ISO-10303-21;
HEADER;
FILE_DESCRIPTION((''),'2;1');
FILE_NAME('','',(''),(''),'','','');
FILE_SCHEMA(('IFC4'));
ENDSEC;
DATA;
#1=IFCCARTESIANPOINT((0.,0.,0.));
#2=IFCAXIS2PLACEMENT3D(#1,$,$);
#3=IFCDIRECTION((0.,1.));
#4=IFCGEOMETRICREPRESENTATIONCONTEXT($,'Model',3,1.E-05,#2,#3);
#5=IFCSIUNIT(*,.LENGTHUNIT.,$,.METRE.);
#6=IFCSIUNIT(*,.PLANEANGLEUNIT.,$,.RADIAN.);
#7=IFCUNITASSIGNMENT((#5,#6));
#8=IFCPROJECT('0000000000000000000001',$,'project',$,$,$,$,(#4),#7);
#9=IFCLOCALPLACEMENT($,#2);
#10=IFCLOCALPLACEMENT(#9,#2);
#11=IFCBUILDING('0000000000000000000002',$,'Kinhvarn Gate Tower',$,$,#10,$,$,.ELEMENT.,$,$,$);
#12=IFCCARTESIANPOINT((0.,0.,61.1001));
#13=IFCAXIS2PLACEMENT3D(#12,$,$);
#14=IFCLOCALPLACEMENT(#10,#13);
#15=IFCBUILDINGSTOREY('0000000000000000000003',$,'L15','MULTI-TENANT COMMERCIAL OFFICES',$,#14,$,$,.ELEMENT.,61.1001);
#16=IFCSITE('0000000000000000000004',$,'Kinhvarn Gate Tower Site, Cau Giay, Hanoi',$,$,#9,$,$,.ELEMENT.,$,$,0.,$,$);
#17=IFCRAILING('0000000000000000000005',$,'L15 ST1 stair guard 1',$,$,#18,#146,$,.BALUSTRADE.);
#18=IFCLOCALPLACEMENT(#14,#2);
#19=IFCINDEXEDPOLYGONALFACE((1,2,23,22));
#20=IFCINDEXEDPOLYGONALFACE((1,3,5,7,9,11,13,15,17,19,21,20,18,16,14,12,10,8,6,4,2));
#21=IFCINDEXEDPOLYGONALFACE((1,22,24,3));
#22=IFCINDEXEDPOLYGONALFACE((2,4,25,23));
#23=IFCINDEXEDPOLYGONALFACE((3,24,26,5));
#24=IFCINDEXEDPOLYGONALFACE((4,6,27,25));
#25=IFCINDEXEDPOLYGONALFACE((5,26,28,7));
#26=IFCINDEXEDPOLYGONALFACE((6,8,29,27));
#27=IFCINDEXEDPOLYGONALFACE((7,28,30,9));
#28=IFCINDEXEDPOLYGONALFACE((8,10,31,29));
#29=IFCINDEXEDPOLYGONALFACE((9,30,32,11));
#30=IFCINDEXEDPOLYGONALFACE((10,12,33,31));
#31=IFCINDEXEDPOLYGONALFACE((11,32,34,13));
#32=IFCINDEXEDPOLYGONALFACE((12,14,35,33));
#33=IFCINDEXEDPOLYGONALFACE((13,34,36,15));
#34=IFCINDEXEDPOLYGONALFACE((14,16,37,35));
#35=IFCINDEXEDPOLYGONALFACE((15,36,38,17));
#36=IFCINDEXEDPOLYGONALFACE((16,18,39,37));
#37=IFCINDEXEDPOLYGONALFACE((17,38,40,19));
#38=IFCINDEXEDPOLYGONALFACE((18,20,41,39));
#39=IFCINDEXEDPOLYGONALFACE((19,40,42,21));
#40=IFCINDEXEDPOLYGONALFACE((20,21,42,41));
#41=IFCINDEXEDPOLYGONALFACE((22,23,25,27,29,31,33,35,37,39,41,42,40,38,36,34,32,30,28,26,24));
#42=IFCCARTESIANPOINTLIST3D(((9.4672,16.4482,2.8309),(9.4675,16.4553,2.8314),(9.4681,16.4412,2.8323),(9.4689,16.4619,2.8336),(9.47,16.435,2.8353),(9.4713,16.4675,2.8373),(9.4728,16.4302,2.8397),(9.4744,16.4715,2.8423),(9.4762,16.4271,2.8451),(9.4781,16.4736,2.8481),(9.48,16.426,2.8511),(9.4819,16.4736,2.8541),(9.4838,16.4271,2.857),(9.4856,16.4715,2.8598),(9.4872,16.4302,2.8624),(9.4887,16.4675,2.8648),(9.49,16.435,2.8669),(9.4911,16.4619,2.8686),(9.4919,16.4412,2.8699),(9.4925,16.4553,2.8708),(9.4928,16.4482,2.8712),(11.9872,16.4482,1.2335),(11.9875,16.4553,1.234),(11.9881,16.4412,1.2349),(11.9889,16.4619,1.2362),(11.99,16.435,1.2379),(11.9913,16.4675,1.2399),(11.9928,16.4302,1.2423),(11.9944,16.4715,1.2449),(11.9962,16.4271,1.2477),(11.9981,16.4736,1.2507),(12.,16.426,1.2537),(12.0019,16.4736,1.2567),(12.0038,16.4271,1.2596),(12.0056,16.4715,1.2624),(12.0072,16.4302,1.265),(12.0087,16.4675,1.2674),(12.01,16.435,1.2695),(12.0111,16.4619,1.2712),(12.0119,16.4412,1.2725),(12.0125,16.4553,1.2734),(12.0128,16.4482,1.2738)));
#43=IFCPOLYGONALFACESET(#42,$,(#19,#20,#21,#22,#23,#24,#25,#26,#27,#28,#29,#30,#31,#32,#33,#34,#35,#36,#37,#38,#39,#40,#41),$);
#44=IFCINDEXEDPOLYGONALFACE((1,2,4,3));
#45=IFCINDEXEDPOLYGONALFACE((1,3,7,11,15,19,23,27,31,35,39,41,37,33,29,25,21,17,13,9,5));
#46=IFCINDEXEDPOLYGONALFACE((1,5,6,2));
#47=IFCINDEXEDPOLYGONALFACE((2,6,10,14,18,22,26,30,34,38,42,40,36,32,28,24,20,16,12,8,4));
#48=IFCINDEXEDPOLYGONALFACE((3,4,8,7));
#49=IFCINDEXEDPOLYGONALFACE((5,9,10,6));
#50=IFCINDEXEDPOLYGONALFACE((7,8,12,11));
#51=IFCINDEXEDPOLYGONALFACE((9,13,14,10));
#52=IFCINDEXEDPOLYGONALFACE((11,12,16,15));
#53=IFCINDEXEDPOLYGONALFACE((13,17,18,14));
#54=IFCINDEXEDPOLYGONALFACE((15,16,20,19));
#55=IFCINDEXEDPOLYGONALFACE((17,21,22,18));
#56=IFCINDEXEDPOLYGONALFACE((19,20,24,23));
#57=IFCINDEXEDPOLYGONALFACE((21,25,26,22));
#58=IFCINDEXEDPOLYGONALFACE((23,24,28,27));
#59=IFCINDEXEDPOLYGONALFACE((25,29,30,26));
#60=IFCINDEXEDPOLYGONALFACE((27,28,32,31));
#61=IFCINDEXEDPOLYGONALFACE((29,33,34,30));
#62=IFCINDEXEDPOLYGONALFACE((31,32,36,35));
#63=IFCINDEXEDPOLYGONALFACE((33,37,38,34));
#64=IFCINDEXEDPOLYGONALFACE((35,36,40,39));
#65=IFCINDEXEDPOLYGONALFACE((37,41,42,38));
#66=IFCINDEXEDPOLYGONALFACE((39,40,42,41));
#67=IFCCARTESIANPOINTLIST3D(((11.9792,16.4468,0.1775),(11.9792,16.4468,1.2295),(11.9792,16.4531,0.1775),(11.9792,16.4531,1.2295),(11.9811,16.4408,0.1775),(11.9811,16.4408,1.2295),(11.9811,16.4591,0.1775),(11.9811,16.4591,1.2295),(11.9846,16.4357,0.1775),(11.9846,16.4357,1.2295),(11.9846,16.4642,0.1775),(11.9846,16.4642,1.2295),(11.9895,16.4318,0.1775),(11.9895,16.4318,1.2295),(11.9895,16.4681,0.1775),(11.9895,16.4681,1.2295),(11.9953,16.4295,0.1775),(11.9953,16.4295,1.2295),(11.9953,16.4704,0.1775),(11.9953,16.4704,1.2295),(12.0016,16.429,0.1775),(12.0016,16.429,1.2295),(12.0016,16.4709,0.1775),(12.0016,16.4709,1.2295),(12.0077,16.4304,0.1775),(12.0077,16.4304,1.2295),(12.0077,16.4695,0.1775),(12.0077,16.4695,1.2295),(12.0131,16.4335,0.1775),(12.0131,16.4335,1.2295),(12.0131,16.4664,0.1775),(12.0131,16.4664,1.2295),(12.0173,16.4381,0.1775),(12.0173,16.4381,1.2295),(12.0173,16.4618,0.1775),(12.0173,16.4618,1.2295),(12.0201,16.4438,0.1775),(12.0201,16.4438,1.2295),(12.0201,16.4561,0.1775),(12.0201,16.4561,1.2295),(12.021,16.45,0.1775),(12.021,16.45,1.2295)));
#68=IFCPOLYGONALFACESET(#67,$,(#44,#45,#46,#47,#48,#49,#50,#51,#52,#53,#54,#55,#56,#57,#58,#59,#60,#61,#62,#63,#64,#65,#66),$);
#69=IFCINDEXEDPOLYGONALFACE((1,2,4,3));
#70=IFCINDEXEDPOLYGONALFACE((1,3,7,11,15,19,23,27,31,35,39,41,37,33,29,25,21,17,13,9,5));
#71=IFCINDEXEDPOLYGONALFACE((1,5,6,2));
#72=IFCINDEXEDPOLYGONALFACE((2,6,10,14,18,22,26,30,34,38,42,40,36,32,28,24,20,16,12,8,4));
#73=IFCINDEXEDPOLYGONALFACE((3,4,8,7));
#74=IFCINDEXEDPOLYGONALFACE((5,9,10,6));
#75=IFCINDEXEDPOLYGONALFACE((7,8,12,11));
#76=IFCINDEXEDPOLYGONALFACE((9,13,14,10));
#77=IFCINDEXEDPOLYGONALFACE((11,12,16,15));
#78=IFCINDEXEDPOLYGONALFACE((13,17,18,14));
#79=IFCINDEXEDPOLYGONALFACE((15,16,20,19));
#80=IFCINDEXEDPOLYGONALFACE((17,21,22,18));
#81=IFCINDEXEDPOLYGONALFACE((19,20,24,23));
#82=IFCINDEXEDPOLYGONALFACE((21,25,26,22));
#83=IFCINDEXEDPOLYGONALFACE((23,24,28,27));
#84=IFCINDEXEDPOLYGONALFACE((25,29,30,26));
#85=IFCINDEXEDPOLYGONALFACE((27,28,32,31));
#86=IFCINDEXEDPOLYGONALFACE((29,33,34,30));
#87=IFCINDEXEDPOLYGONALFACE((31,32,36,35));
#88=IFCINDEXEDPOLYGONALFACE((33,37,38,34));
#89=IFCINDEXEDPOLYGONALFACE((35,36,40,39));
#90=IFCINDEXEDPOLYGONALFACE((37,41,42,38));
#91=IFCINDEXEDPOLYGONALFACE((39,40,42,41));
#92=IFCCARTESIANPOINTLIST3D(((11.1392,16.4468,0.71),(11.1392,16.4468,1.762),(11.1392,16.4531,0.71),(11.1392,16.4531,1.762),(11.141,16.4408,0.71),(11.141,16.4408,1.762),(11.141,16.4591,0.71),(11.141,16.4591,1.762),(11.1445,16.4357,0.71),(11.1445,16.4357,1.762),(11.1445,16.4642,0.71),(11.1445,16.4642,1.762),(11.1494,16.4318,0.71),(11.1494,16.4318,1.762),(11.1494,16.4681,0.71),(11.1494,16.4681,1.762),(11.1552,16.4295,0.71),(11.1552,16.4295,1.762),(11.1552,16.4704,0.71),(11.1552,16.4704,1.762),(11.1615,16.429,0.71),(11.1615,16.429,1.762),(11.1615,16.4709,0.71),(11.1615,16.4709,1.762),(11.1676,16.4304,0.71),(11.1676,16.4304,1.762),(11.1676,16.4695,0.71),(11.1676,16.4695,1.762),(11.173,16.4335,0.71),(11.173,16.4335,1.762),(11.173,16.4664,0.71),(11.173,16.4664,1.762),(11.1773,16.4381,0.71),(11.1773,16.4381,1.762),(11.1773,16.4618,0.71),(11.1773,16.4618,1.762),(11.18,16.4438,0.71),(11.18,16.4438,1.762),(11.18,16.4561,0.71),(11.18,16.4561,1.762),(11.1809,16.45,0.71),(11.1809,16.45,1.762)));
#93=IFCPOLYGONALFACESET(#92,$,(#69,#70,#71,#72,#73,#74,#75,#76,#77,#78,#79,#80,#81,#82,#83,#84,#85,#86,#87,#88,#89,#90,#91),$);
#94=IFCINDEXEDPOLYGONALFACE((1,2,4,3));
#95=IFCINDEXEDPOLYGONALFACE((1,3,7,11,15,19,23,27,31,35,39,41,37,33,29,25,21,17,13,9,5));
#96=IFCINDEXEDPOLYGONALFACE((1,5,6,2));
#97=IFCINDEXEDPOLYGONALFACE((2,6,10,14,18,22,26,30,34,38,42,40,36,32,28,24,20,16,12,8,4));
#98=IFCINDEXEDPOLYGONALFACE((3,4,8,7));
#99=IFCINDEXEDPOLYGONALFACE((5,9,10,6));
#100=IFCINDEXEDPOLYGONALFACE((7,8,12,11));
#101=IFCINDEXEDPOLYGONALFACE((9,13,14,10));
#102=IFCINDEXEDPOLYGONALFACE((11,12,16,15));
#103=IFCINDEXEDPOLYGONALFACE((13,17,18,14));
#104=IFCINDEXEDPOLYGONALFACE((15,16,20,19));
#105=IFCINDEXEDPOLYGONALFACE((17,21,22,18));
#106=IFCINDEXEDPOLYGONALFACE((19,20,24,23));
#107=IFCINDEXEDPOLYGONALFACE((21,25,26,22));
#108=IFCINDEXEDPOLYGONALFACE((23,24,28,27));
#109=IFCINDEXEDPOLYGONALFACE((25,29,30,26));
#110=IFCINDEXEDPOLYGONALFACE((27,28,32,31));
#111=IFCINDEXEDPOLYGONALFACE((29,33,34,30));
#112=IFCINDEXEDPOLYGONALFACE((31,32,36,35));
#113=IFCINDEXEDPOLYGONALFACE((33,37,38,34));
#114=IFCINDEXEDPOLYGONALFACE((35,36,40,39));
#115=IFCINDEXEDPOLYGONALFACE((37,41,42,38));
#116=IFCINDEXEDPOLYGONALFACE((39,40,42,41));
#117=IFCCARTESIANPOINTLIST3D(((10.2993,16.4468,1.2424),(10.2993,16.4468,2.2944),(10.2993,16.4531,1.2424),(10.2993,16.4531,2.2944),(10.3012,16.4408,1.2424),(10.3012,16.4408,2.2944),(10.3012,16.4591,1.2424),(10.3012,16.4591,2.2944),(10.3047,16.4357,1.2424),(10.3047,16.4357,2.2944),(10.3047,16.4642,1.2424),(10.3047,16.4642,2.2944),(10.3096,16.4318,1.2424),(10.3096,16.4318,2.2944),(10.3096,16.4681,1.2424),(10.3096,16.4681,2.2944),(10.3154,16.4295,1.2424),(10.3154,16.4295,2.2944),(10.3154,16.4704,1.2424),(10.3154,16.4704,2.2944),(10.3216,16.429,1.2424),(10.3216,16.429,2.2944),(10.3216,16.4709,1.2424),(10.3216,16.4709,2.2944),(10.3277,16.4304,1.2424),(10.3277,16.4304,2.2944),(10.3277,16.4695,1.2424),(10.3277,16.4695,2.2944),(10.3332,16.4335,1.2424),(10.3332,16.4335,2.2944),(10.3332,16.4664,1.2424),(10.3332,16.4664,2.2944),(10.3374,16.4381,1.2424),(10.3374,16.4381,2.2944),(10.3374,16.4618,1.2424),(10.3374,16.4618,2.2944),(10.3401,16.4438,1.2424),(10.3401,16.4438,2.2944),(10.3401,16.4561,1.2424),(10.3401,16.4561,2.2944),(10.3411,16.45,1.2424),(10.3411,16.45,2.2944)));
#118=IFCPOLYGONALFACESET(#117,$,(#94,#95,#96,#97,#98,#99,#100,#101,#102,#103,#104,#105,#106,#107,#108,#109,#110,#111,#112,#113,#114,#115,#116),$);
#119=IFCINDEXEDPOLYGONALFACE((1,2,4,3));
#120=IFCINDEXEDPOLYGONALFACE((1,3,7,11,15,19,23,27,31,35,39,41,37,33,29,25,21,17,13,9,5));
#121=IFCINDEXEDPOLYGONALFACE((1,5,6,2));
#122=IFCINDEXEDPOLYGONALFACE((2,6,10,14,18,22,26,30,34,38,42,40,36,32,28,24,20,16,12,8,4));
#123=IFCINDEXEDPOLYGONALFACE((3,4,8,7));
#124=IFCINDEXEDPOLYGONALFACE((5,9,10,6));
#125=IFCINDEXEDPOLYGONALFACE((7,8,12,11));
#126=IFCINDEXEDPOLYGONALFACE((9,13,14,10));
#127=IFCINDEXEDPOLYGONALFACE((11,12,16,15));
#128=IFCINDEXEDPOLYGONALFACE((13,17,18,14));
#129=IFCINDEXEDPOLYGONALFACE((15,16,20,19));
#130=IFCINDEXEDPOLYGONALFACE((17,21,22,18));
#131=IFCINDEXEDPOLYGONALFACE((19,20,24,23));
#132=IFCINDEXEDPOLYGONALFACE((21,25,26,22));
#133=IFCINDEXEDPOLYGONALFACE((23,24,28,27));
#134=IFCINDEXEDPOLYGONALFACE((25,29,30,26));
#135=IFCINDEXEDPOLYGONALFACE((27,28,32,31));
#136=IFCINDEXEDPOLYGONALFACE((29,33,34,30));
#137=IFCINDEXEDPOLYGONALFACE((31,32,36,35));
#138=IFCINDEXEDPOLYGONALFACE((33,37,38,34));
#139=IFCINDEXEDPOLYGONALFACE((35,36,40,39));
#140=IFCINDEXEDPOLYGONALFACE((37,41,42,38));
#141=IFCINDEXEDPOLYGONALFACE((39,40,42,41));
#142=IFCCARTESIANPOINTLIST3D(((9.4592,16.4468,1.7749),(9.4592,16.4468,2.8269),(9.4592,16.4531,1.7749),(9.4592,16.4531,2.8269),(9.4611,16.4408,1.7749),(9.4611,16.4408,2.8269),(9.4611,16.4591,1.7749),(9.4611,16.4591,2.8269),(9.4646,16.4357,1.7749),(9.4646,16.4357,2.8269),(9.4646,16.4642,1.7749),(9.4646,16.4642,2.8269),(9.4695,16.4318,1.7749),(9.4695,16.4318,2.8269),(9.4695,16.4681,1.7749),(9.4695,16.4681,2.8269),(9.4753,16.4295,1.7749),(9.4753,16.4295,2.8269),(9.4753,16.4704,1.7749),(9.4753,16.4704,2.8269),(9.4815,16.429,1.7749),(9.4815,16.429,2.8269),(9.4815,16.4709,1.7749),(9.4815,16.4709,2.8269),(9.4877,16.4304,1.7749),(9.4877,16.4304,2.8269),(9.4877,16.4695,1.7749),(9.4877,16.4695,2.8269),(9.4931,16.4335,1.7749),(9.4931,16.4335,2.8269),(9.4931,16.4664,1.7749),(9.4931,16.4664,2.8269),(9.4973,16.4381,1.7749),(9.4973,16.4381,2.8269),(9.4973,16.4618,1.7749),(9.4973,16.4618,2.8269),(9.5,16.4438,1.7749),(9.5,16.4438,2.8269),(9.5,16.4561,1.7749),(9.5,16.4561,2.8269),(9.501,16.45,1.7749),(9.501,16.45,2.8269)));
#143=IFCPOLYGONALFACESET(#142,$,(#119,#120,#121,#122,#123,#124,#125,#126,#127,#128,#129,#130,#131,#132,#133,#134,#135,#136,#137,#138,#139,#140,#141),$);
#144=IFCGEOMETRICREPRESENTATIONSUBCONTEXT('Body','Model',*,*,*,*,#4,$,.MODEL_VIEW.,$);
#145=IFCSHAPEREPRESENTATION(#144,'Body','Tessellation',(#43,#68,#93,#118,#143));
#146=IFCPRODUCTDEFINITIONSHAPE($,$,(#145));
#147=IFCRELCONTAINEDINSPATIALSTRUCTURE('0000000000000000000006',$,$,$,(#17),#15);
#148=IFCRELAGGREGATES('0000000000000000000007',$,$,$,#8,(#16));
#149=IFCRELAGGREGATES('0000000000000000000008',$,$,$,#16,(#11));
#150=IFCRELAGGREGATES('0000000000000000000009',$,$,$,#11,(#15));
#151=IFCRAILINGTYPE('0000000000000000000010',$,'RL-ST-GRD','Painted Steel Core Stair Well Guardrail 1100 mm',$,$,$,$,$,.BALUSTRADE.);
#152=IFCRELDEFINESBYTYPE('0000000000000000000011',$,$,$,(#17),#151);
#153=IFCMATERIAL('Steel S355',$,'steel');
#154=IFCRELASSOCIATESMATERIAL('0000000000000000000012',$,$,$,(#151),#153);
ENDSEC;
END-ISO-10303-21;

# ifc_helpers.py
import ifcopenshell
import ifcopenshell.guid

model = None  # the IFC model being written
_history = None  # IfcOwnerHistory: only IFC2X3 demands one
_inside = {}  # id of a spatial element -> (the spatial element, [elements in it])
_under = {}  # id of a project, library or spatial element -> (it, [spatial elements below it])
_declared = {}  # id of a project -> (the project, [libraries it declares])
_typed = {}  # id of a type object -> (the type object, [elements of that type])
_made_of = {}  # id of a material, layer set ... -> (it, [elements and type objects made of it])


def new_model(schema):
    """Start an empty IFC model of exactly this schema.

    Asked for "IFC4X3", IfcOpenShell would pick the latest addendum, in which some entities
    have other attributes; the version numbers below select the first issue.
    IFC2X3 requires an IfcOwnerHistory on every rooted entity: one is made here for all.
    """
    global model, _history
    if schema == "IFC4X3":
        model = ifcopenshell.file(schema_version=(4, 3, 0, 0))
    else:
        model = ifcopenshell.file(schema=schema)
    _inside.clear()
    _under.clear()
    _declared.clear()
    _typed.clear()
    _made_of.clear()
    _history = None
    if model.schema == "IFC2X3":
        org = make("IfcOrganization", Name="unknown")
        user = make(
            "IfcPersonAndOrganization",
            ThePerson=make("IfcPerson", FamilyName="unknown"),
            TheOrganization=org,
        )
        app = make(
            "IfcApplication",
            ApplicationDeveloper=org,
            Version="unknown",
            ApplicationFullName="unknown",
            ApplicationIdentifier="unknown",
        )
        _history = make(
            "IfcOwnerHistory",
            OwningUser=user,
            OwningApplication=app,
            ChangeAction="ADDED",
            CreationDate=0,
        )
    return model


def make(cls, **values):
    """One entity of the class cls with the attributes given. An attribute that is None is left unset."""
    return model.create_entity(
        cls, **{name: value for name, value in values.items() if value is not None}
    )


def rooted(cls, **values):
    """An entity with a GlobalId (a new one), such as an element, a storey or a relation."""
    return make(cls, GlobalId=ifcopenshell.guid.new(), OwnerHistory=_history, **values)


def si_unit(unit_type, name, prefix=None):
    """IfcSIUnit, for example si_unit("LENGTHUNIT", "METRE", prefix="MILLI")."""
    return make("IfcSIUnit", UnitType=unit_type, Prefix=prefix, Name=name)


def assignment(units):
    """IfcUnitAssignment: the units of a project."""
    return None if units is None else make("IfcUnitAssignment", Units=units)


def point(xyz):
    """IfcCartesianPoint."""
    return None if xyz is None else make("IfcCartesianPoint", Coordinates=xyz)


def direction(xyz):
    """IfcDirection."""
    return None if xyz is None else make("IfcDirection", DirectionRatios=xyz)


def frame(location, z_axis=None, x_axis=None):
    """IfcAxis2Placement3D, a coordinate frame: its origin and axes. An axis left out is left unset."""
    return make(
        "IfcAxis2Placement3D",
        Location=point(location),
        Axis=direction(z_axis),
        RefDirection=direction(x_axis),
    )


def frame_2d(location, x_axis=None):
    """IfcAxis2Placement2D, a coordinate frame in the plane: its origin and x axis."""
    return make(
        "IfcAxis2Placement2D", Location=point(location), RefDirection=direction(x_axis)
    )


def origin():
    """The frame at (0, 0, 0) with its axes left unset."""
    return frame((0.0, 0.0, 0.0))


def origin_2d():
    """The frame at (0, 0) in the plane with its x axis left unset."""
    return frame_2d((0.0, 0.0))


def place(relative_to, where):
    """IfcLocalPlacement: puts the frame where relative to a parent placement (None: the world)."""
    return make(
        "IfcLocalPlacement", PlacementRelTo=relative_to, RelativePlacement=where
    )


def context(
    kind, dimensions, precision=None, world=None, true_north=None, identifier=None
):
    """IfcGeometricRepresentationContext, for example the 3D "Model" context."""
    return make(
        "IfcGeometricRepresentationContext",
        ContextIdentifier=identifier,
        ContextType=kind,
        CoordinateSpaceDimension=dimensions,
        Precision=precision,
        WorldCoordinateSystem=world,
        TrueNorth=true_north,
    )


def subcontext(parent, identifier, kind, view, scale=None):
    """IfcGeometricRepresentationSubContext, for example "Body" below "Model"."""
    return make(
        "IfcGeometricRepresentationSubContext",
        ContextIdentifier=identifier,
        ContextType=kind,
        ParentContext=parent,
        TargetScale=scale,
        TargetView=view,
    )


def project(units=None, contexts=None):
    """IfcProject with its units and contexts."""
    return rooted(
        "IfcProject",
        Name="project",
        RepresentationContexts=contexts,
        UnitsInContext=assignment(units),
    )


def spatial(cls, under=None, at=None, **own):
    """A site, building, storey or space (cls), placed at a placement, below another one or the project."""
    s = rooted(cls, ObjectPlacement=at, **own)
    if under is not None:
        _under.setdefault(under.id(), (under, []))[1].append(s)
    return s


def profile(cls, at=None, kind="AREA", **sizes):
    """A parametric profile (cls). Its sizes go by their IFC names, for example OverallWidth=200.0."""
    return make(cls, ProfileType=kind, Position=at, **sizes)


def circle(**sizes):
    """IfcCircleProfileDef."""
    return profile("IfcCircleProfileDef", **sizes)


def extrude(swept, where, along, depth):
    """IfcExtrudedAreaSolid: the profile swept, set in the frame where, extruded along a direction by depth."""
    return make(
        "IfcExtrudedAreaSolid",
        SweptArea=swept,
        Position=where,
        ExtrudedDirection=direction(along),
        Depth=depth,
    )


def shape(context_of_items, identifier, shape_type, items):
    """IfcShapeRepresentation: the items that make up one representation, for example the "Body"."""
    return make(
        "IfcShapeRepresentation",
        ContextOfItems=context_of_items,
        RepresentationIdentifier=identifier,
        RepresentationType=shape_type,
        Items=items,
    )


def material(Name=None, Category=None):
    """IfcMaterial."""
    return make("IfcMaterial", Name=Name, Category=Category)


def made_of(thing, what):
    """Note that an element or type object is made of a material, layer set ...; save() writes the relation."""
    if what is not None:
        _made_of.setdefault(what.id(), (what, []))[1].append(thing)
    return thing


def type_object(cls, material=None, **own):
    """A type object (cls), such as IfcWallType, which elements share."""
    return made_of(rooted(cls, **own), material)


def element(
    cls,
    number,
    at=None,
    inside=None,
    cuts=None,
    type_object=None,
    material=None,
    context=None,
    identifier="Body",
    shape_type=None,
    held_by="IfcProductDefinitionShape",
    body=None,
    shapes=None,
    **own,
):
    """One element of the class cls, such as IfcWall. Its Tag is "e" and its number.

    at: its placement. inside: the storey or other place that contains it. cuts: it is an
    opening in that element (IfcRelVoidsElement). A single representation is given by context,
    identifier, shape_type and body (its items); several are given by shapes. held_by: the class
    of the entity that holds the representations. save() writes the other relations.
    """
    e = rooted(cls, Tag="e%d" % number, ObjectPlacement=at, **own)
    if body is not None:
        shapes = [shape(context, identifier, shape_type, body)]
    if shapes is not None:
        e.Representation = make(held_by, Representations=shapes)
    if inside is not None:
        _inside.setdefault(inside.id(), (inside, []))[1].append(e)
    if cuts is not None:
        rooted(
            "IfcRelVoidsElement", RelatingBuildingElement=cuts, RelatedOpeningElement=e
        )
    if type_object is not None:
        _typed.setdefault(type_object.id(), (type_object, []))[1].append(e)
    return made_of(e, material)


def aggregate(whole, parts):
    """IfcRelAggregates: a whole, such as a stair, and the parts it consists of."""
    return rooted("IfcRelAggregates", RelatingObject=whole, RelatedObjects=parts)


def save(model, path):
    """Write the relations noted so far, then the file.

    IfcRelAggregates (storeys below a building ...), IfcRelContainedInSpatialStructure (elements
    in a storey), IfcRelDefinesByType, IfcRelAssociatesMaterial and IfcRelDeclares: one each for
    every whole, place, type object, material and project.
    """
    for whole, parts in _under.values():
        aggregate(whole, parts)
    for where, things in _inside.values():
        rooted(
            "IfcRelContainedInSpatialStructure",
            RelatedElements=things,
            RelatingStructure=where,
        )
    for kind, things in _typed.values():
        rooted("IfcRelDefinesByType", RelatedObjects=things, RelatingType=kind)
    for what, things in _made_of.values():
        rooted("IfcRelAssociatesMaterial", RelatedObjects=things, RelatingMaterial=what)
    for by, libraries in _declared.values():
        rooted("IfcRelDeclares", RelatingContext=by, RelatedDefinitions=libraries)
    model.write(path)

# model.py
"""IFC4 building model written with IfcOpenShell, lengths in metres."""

from ifc_helpers import new_model, si_unit, direction, frame, origin, origin_2d, place, context, subcontext, project, spatial, circle, extrude, material, type_object, element, save


model = new_model("IFC4")

# Units and contexts
model_context = context("Model", 3, precision=1e-05, world=origin(), true_north=direction((0.0, 1.0)))
body_context = subcontext(model_context, "Body", "Model", "MODEL_VIEW")
ifc_project = project(units=[si_unit("LENGTHUNIT", "METRE"), si_unit("PLANEANGLEUNIT", "RADIAN")], contexts=[model_context])

# Site, building, storey
site_placement = place(None, origin())
site = spatial("IfcSite", under=ifc_project, at=site_placement, Name="Kinhvarn Gate Tower Site, Cau Giay, Hanoi", CompositionType="ELEMENT", RefElevation=0.0)
building_placement = place(site_placement, origin())
building = spatial("IfcBuilding", under=site, at=building_placement, Name="Kinhvarn Gate Tower", CompositionType="ELEMENT")
storey_placement = place(building_placement, frame((0.0, 0.0, 61.1001)))
storey = spatial("IfcBuildingStorey", under=building, at=storey_placement, Name="L15", Description="MULTI-TENANT COMMERCIAL OFFICES", CompositionType="ELEMENT", Elevation=61.1001)

# Railing
ifc_material_1 = material(Name="Steel S355", Category="steel")
railing_type_1 = type_object("IfcRailingType", Name="RL-ST-GRD", Description="Painted Steel Core Stair Well Guardrail 1100 mm", PredefinedType="BALUSTRADE", material=ifc_material_1)
railing_1_placement = place(storey_placement, frame((12.0, 16.45, 0.1775)))
element("IfcRailing", 1, at=railing_1_placement, inside=storey, type_object=railing_type_1, Name="L15 ST1 stair guard 1", PredefinedType="BALUSTRADE", context=body_context, shape_type="SweptSolid", body=[
    extrude(circle(Radius=0.0239, at=origin_2d()), frame((0.0, 0.0, 1.0762), z_axis=(-0.844607, 0.0, 0.535387), x_axis=(0.0, -1.0, 0.0)), (0.0, 0.0, 1.0), 2.9836),
    extrude(circle(Radius=0.021, at=origin_2d()), origin(), (0.0, 0.0, 1.0), 1.052),
    extrude(circle(Radius=0.021, at=origin_2d()), frame((-0.8401, 0.0, 0.5325)), (0.0, 0.0, 1.0), 1.052),
    extrude(circle(Radius=0.021, at=origin_2d()), frame((-1.6799, 0.0, 1.0649)), (0.0, 0.0, 1.0), 1.052),
    extrude(circle(Radius=0.021, at=origin_2d()), frame((-2.52, 0.0, 1.5974)), (0.0, 0.0, 1.0), 1.052),
])

save(model, "model.ifc")
